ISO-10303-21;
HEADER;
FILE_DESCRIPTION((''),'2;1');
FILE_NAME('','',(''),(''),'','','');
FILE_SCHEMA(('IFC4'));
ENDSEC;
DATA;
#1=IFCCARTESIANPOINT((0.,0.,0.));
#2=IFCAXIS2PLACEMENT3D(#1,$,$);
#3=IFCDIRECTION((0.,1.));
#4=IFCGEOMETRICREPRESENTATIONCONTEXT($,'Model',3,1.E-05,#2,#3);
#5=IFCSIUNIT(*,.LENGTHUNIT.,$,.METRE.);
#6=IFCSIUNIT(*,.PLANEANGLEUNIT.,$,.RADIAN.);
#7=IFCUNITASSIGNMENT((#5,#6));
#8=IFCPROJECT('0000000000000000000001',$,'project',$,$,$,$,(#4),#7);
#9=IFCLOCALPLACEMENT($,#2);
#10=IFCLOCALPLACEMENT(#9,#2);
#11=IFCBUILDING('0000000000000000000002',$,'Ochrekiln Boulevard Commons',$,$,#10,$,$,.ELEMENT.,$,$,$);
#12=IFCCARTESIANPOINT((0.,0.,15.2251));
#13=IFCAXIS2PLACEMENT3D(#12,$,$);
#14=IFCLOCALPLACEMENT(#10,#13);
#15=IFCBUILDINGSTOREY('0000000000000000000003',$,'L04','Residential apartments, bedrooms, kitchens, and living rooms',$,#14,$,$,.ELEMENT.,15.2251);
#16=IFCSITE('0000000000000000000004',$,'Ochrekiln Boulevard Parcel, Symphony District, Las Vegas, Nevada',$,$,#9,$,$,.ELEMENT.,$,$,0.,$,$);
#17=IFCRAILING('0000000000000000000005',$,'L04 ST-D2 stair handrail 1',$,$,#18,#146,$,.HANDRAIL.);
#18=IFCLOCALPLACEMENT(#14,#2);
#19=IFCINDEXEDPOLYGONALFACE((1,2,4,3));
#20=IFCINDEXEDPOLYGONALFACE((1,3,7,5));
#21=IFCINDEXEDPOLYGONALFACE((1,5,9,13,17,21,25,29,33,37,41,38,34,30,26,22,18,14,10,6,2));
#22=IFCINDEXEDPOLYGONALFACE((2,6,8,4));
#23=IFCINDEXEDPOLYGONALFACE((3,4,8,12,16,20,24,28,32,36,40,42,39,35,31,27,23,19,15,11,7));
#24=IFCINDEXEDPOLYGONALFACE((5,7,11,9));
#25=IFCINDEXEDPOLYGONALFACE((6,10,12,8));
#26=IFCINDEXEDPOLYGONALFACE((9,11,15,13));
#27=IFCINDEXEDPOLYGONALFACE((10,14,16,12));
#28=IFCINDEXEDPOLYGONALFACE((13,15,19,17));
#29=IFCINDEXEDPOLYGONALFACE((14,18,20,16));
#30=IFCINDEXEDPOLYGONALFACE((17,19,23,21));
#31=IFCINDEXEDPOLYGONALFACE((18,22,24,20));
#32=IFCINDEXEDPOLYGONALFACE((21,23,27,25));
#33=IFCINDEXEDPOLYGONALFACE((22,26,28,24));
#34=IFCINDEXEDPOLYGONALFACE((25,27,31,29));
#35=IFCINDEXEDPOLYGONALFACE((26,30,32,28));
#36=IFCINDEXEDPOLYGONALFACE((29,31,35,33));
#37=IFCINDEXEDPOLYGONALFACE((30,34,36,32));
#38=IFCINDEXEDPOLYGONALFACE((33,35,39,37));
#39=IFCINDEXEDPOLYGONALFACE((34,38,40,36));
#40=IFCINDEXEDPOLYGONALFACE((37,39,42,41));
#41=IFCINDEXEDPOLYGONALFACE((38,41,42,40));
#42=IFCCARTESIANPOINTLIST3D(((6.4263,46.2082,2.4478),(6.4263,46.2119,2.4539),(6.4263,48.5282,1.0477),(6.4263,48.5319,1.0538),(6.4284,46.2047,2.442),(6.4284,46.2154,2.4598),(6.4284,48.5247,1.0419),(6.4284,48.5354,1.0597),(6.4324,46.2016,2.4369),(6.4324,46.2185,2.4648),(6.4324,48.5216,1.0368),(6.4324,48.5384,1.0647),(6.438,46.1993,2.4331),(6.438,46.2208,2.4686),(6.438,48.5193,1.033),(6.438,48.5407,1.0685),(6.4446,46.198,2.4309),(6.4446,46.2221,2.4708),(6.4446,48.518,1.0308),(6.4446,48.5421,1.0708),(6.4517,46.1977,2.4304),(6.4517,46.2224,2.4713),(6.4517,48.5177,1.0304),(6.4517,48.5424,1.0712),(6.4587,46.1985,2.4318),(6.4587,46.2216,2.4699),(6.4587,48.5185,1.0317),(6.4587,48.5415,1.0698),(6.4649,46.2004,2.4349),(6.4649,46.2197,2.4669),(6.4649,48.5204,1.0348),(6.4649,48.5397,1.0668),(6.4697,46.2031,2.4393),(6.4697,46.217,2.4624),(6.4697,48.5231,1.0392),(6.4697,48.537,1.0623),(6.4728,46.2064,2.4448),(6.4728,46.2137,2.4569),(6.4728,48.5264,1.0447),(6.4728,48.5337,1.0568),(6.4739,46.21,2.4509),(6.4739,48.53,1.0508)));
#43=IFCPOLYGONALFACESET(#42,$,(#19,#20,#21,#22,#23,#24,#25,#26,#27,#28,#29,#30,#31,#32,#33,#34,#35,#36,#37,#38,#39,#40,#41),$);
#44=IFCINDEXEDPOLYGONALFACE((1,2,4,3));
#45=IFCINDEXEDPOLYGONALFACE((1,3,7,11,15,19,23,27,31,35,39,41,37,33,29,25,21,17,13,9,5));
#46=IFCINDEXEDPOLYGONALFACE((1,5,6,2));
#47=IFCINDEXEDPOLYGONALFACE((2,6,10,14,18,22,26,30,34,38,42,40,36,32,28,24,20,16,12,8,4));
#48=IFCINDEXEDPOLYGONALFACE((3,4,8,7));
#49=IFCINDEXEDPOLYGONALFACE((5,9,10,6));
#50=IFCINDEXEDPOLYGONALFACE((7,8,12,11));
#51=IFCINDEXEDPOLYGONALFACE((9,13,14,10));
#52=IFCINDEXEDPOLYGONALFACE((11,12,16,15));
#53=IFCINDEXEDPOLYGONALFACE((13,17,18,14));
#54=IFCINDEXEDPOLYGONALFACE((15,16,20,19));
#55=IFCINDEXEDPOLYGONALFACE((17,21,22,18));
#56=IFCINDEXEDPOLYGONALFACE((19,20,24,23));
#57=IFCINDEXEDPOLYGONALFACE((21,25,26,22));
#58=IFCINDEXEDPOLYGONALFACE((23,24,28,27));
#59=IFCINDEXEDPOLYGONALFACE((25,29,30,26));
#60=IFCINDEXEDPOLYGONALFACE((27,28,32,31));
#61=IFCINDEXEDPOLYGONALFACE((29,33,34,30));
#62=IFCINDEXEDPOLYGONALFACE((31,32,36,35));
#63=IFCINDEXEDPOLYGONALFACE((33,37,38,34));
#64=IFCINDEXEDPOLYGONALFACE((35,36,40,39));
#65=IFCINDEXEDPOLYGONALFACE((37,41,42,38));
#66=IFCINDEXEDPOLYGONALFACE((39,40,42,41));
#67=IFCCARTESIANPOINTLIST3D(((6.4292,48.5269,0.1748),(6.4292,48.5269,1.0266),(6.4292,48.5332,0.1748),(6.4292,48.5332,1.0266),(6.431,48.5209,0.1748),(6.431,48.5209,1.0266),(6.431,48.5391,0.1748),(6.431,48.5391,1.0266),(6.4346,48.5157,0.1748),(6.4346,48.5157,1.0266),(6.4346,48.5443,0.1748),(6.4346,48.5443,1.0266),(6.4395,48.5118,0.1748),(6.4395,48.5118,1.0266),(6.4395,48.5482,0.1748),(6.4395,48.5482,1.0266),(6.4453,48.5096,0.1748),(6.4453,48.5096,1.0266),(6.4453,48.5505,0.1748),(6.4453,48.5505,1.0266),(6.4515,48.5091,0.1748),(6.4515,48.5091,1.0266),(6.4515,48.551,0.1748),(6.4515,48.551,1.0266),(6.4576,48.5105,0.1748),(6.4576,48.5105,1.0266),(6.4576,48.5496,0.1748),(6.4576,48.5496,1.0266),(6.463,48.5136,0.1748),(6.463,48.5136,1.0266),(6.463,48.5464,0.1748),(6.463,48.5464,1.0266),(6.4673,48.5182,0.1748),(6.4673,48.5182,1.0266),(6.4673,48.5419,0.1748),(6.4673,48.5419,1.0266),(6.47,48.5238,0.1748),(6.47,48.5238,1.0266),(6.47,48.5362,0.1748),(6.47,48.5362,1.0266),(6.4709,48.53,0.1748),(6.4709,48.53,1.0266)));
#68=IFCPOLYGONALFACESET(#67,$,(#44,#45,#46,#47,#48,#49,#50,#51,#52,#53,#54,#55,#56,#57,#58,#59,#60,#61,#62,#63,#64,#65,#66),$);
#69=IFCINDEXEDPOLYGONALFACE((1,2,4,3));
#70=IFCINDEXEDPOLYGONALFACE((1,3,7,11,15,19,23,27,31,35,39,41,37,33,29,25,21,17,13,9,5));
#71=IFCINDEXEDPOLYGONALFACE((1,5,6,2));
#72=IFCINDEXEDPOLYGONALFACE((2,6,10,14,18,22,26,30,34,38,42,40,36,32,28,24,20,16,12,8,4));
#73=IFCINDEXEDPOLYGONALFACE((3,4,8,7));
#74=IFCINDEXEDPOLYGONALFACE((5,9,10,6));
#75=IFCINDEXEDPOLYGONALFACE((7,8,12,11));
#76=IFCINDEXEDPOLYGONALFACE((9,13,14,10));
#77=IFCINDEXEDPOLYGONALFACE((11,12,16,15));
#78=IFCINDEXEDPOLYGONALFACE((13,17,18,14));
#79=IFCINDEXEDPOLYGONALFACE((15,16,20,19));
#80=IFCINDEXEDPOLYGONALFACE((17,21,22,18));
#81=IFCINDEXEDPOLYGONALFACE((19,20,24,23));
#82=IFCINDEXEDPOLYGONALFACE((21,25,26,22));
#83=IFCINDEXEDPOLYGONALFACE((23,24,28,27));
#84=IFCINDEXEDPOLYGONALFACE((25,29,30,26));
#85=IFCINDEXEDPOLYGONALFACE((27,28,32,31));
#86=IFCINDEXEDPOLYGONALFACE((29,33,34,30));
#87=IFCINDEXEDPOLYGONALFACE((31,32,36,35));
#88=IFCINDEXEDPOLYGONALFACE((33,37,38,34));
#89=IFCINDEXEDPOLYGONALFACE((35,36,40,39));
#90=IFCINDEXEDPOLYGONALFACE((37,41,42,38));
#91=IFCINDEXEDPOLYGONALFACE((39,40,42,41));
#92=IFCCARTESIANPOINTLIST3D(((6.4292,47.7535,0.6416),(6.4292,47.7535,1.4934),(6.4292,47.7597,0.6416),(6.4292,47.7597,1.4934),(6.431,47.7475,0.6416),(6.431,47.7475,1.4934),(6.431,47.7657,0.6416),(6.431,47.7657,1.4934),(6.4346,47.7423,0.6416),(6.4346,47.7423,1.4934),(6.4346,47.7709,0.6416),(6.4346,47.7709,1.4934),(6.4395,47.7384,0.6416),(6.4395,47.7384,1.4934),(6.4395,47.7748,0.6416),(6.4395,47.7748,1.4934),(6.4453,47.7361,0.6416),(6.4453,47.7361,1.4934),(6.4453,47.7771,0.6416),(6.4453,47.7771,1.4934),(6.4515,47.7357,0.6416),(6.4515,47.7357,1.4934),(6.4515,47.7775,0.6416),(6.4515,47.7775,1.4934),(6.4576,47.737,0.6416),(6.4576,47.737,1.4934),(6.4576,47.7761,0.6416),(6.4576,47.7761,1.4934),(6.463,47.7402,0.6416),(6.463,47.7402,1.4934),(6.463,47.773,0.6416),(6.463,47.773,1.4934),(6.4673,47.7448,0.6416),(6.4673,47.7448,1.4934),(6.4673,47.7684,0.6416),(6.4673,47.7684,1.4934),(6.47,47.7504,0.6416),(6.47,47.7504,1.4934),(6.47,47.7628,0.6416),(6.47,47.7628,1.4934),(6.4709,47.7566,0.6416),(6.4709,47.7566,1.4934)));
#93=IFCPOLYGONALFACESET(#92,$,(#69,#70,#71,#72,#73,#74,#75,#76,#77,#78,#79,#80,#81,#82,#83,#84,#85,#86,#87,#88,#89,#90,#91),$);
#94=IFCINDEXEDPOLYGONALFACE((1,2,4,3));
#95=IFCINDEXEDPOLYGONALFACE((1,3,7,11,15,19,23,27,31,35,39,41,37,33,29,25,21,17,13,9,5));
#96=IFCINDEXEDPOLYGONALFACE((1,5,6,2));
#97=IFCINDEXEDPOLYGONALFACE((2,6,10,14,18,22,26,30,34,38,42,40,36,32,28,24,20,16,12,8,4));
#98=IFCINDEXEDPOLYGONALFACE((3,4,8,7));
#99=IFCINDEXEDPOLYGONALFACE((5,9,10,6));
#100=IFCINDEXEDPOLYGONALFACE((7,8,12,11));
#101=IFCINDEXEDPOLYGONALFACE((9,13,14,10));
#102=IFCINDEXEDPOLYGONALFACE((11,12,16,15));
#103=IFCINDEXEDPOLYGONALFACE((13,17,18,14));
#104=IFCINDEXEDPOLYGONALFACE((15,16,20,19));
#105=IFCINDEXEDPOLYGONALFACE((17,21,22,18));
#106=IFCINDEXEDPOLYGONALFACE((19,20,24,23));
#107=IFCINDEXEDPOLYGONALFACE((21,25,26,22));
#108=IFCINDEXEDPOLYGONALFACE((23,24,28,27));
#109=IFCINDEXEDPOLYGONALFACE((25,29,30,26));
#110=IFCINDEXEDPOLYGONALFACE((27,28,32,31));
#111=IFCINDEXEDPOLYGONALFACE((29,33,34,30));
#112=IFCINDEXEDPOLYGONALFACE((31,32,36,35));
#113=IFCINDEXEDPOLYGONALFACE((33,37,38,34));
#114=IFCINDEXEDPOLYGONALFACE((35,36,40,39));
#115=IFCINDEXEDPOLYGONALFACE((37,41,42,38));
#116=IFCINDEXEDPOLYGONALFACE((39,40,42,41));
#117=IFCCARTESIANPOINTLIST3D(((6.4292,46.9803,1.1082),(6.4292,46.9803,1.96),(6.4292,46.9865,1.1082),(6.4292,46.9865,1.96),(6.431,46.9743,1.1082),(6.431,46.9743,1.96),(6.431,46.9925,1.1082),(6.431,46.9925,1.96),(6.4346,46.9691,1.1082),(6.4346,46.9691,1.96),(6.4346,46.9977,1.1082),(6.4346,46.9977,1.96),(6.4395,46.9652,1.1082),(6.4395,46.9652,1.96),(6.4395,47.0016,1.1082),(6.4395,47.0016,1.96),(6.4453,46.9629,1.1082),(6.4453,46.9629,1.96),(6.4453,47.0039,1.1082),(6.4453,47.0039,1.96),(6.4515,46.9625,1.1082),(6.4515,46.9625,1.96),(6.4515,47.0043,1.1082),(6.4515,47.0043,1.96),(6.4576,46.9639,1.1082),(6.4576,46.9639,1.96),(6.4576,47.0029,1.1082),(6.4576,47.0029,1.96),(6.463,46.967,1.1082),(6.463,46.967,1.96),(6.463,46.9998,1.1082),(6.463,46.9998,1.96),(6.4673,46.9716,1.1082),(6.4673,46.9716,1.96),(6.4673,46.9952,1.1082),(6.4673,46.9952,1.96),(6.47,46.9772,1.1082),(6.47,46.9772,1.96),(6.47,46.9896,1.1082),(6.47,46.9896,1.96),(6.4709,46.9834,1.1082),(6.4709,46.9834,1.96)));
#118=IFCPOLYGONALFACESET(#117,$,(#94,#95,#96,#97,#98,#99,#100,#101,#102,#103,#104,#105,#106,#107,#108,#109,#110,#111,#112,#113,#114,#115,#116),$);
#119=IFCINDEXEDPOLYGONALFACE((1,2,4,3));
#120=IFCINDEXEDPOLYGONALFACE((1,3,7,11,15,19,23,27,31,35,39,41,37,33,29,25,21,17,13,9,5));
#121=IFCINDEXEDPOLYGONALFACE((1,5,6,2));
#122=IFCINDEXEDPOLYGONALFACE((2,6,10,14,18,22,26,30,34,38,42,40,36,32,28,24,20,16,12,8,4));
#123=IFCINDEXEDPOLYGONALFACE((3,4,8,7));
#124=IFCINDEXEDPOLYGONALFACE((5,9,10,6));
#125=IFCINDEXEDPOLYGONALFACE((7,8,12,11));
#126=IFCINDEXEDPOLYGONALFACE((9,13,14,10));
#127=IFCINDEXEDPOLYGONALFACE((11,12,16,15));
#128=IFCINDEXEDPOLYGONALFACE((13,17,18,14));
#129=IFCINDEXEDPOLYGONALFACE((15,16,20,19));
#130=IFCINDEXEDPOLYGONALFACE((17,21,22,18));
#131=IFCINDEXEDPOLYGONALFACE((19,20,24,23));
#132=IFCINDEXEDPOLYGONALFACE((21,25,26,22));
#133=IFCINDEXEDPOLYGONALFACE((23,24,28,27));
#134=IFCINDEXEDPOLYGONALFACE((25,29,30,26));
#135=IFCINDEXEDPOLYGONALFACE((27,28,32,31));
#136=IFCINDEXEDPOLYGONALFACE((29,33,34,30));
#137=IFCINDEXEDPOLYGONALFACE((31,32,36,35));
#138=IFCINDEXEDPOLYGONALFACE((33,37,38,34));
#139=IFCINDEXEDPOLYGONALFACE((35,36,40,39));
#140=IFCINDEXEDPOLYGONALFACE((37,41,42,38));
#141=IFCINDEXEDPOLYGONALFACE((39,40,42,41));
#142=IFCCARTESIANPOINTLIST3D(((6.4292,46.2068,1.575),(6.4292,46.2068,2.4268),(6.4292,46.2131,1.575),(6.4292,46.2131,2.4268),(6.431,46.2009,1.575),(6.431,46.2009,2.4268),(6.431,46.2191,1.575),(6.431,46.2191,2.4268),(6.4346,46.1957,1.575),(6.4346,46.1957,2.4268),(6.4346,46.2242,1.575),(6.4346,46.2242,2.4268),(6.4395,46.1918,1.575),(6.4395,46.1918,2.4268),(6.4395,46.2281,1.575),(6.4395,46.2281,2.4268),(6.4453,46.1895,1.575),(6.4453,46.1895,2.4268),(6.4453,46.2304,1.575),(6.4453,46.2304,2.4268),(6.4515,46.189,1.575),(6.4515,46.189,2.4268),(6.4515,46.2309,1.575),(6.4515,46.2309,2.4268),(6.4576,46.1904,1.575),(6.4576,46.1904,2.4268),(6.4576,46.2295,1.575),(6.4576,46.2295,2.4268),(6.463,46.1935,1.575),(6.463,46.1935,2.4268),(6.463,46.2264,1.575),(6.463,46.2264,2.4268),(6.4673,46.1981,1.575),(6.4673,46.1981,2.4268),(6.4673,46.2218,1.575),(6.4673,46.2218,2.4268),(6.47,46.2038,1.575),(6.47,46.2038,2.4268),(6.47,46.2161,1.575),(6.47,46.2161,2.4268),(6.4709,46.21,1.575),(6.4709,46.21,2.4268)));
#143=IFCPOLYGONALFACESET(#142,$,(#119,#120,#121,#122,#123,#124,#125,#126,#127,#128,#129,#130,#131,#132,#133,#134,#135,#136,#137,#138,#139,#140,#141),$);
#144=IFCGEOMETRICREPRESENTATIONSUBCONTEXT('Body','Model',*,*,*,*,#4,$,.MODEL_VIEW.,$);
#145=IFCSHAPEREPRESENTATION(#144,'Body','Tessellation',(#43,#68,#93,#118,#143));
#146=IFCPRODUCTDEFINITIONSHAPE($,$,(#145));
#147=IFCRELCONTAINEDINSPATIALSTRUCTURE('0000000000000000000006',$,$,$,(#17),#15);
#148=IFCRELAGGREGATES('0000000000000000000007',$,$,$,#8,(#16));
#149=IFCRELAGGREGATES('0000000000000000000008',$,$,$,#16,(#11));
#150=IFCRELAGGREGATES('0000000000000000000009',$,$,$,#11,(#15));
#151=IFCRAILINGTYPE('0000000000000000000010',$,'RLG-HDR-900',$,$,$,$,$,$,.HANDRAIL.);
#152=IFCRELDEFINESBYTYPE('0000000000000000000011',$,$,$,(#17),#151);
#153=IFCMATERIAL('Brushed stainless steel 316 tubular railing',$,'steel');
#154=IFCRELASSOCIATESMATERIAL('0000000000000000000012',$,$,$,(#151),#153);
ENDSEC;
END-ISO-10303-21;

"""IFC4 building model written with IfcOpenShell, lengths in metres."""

from ifc_helpers import new_model, si_unit, direction, frame, origin, origin_2d, place, context, subcontext, project, spatial, circle, extrude, material, type_object, element, save


model = new_model("IFC4")

# Units and contexts
model_context = context("Model", 3, precision=1e-05, world=origin(), true_north=direction((0.0, 1.0)))
body_context = subcontext(model_context, "Body", "Model", "MODEL_VIEW")
ifc_project = project(units=[si_unit("LENGTHUNIT", "METRE"), si_unit("PLANEANGLEUNIT", "RADIAN")], contexts=[model_context])

# Site, building, storey
site_placement = place(None, origin())
site = spatial("IfcSite", under=ifc_project, at=site_placement, Name="Ochrekiln Boulevard Parcel, Symphony District, Las Vegas, Nevada", CompositionType="ELEMENT", RefElevation=0.0)
building_placement = place(site_placement, origin())
building = spatial("IfcBuilding", under=site, at=building_placement, Name="Ochrekiln Boulevard Commons", CompositionType="ELEMENT")
storey_placement = place(building_placement, frame((0.0, 0.0, 15.2251)))
storey = spatial("IfcBuildingStorey", under=building, at=storey_placement, Name="L04", Description="Residential apartments, bedrooms, kitchens, and living rooms", CompositionType="ELEMENT", Elevation=15.2251)

# Railing
ifc_material_1 = material(Name="Brushed stainless steel 316 tubular railing", Category="steel")
railing_type_1 = type_object("IfcRailingType", Name="RLG-HDR-900", PredefinedType="HANDRAIL", material=ifc_material_1)
railing_1_placement = place(storey_placement, frame((6.45, 48.53, 0.1748)))
element("IfcRailing", 1, at=railing_1_placement, inside=storey, type_object=railing_type_1, Name="L04 ST-D2 stair handrail 1", PredefinedType="HANDRAIL", context=body_context, shape_type="SweptSolid", body=[
    extrude(circle(Radius=0.0239, at=origin_2d()), frame((0.0, 0.0, 0.876), z_axis=(0.0, -0.85617, 0.516693), x_axis=(1.0, 0.0, 0.0)), (0.0, 0.0, 1.0), 2.7097),
    extrude(circle(Radius=0.021, at=origin_2d()), origin(), (0.0, 0.0, 1.0), 0.8518),
    extrude(circle(Radius=0.021, at=origin_2d()), frame((0.0, -0.7734, 0.4668)), (0.0, 0.0, 1.0), 0.8518),
    extrude(circle(Radius=0.021, at=origin_2d()), frame((0.0, -1.5466, 0.9333)), (0.0, 0.0, 1.0), 0.8518),
    extrude(circle(Radius=0.021, at=origin_2d()), frame((0.0, -2.3201, 1.4001)), (0.0, 0.0, 1.0), 0.8518),
])

save(model, "model.ifc")
